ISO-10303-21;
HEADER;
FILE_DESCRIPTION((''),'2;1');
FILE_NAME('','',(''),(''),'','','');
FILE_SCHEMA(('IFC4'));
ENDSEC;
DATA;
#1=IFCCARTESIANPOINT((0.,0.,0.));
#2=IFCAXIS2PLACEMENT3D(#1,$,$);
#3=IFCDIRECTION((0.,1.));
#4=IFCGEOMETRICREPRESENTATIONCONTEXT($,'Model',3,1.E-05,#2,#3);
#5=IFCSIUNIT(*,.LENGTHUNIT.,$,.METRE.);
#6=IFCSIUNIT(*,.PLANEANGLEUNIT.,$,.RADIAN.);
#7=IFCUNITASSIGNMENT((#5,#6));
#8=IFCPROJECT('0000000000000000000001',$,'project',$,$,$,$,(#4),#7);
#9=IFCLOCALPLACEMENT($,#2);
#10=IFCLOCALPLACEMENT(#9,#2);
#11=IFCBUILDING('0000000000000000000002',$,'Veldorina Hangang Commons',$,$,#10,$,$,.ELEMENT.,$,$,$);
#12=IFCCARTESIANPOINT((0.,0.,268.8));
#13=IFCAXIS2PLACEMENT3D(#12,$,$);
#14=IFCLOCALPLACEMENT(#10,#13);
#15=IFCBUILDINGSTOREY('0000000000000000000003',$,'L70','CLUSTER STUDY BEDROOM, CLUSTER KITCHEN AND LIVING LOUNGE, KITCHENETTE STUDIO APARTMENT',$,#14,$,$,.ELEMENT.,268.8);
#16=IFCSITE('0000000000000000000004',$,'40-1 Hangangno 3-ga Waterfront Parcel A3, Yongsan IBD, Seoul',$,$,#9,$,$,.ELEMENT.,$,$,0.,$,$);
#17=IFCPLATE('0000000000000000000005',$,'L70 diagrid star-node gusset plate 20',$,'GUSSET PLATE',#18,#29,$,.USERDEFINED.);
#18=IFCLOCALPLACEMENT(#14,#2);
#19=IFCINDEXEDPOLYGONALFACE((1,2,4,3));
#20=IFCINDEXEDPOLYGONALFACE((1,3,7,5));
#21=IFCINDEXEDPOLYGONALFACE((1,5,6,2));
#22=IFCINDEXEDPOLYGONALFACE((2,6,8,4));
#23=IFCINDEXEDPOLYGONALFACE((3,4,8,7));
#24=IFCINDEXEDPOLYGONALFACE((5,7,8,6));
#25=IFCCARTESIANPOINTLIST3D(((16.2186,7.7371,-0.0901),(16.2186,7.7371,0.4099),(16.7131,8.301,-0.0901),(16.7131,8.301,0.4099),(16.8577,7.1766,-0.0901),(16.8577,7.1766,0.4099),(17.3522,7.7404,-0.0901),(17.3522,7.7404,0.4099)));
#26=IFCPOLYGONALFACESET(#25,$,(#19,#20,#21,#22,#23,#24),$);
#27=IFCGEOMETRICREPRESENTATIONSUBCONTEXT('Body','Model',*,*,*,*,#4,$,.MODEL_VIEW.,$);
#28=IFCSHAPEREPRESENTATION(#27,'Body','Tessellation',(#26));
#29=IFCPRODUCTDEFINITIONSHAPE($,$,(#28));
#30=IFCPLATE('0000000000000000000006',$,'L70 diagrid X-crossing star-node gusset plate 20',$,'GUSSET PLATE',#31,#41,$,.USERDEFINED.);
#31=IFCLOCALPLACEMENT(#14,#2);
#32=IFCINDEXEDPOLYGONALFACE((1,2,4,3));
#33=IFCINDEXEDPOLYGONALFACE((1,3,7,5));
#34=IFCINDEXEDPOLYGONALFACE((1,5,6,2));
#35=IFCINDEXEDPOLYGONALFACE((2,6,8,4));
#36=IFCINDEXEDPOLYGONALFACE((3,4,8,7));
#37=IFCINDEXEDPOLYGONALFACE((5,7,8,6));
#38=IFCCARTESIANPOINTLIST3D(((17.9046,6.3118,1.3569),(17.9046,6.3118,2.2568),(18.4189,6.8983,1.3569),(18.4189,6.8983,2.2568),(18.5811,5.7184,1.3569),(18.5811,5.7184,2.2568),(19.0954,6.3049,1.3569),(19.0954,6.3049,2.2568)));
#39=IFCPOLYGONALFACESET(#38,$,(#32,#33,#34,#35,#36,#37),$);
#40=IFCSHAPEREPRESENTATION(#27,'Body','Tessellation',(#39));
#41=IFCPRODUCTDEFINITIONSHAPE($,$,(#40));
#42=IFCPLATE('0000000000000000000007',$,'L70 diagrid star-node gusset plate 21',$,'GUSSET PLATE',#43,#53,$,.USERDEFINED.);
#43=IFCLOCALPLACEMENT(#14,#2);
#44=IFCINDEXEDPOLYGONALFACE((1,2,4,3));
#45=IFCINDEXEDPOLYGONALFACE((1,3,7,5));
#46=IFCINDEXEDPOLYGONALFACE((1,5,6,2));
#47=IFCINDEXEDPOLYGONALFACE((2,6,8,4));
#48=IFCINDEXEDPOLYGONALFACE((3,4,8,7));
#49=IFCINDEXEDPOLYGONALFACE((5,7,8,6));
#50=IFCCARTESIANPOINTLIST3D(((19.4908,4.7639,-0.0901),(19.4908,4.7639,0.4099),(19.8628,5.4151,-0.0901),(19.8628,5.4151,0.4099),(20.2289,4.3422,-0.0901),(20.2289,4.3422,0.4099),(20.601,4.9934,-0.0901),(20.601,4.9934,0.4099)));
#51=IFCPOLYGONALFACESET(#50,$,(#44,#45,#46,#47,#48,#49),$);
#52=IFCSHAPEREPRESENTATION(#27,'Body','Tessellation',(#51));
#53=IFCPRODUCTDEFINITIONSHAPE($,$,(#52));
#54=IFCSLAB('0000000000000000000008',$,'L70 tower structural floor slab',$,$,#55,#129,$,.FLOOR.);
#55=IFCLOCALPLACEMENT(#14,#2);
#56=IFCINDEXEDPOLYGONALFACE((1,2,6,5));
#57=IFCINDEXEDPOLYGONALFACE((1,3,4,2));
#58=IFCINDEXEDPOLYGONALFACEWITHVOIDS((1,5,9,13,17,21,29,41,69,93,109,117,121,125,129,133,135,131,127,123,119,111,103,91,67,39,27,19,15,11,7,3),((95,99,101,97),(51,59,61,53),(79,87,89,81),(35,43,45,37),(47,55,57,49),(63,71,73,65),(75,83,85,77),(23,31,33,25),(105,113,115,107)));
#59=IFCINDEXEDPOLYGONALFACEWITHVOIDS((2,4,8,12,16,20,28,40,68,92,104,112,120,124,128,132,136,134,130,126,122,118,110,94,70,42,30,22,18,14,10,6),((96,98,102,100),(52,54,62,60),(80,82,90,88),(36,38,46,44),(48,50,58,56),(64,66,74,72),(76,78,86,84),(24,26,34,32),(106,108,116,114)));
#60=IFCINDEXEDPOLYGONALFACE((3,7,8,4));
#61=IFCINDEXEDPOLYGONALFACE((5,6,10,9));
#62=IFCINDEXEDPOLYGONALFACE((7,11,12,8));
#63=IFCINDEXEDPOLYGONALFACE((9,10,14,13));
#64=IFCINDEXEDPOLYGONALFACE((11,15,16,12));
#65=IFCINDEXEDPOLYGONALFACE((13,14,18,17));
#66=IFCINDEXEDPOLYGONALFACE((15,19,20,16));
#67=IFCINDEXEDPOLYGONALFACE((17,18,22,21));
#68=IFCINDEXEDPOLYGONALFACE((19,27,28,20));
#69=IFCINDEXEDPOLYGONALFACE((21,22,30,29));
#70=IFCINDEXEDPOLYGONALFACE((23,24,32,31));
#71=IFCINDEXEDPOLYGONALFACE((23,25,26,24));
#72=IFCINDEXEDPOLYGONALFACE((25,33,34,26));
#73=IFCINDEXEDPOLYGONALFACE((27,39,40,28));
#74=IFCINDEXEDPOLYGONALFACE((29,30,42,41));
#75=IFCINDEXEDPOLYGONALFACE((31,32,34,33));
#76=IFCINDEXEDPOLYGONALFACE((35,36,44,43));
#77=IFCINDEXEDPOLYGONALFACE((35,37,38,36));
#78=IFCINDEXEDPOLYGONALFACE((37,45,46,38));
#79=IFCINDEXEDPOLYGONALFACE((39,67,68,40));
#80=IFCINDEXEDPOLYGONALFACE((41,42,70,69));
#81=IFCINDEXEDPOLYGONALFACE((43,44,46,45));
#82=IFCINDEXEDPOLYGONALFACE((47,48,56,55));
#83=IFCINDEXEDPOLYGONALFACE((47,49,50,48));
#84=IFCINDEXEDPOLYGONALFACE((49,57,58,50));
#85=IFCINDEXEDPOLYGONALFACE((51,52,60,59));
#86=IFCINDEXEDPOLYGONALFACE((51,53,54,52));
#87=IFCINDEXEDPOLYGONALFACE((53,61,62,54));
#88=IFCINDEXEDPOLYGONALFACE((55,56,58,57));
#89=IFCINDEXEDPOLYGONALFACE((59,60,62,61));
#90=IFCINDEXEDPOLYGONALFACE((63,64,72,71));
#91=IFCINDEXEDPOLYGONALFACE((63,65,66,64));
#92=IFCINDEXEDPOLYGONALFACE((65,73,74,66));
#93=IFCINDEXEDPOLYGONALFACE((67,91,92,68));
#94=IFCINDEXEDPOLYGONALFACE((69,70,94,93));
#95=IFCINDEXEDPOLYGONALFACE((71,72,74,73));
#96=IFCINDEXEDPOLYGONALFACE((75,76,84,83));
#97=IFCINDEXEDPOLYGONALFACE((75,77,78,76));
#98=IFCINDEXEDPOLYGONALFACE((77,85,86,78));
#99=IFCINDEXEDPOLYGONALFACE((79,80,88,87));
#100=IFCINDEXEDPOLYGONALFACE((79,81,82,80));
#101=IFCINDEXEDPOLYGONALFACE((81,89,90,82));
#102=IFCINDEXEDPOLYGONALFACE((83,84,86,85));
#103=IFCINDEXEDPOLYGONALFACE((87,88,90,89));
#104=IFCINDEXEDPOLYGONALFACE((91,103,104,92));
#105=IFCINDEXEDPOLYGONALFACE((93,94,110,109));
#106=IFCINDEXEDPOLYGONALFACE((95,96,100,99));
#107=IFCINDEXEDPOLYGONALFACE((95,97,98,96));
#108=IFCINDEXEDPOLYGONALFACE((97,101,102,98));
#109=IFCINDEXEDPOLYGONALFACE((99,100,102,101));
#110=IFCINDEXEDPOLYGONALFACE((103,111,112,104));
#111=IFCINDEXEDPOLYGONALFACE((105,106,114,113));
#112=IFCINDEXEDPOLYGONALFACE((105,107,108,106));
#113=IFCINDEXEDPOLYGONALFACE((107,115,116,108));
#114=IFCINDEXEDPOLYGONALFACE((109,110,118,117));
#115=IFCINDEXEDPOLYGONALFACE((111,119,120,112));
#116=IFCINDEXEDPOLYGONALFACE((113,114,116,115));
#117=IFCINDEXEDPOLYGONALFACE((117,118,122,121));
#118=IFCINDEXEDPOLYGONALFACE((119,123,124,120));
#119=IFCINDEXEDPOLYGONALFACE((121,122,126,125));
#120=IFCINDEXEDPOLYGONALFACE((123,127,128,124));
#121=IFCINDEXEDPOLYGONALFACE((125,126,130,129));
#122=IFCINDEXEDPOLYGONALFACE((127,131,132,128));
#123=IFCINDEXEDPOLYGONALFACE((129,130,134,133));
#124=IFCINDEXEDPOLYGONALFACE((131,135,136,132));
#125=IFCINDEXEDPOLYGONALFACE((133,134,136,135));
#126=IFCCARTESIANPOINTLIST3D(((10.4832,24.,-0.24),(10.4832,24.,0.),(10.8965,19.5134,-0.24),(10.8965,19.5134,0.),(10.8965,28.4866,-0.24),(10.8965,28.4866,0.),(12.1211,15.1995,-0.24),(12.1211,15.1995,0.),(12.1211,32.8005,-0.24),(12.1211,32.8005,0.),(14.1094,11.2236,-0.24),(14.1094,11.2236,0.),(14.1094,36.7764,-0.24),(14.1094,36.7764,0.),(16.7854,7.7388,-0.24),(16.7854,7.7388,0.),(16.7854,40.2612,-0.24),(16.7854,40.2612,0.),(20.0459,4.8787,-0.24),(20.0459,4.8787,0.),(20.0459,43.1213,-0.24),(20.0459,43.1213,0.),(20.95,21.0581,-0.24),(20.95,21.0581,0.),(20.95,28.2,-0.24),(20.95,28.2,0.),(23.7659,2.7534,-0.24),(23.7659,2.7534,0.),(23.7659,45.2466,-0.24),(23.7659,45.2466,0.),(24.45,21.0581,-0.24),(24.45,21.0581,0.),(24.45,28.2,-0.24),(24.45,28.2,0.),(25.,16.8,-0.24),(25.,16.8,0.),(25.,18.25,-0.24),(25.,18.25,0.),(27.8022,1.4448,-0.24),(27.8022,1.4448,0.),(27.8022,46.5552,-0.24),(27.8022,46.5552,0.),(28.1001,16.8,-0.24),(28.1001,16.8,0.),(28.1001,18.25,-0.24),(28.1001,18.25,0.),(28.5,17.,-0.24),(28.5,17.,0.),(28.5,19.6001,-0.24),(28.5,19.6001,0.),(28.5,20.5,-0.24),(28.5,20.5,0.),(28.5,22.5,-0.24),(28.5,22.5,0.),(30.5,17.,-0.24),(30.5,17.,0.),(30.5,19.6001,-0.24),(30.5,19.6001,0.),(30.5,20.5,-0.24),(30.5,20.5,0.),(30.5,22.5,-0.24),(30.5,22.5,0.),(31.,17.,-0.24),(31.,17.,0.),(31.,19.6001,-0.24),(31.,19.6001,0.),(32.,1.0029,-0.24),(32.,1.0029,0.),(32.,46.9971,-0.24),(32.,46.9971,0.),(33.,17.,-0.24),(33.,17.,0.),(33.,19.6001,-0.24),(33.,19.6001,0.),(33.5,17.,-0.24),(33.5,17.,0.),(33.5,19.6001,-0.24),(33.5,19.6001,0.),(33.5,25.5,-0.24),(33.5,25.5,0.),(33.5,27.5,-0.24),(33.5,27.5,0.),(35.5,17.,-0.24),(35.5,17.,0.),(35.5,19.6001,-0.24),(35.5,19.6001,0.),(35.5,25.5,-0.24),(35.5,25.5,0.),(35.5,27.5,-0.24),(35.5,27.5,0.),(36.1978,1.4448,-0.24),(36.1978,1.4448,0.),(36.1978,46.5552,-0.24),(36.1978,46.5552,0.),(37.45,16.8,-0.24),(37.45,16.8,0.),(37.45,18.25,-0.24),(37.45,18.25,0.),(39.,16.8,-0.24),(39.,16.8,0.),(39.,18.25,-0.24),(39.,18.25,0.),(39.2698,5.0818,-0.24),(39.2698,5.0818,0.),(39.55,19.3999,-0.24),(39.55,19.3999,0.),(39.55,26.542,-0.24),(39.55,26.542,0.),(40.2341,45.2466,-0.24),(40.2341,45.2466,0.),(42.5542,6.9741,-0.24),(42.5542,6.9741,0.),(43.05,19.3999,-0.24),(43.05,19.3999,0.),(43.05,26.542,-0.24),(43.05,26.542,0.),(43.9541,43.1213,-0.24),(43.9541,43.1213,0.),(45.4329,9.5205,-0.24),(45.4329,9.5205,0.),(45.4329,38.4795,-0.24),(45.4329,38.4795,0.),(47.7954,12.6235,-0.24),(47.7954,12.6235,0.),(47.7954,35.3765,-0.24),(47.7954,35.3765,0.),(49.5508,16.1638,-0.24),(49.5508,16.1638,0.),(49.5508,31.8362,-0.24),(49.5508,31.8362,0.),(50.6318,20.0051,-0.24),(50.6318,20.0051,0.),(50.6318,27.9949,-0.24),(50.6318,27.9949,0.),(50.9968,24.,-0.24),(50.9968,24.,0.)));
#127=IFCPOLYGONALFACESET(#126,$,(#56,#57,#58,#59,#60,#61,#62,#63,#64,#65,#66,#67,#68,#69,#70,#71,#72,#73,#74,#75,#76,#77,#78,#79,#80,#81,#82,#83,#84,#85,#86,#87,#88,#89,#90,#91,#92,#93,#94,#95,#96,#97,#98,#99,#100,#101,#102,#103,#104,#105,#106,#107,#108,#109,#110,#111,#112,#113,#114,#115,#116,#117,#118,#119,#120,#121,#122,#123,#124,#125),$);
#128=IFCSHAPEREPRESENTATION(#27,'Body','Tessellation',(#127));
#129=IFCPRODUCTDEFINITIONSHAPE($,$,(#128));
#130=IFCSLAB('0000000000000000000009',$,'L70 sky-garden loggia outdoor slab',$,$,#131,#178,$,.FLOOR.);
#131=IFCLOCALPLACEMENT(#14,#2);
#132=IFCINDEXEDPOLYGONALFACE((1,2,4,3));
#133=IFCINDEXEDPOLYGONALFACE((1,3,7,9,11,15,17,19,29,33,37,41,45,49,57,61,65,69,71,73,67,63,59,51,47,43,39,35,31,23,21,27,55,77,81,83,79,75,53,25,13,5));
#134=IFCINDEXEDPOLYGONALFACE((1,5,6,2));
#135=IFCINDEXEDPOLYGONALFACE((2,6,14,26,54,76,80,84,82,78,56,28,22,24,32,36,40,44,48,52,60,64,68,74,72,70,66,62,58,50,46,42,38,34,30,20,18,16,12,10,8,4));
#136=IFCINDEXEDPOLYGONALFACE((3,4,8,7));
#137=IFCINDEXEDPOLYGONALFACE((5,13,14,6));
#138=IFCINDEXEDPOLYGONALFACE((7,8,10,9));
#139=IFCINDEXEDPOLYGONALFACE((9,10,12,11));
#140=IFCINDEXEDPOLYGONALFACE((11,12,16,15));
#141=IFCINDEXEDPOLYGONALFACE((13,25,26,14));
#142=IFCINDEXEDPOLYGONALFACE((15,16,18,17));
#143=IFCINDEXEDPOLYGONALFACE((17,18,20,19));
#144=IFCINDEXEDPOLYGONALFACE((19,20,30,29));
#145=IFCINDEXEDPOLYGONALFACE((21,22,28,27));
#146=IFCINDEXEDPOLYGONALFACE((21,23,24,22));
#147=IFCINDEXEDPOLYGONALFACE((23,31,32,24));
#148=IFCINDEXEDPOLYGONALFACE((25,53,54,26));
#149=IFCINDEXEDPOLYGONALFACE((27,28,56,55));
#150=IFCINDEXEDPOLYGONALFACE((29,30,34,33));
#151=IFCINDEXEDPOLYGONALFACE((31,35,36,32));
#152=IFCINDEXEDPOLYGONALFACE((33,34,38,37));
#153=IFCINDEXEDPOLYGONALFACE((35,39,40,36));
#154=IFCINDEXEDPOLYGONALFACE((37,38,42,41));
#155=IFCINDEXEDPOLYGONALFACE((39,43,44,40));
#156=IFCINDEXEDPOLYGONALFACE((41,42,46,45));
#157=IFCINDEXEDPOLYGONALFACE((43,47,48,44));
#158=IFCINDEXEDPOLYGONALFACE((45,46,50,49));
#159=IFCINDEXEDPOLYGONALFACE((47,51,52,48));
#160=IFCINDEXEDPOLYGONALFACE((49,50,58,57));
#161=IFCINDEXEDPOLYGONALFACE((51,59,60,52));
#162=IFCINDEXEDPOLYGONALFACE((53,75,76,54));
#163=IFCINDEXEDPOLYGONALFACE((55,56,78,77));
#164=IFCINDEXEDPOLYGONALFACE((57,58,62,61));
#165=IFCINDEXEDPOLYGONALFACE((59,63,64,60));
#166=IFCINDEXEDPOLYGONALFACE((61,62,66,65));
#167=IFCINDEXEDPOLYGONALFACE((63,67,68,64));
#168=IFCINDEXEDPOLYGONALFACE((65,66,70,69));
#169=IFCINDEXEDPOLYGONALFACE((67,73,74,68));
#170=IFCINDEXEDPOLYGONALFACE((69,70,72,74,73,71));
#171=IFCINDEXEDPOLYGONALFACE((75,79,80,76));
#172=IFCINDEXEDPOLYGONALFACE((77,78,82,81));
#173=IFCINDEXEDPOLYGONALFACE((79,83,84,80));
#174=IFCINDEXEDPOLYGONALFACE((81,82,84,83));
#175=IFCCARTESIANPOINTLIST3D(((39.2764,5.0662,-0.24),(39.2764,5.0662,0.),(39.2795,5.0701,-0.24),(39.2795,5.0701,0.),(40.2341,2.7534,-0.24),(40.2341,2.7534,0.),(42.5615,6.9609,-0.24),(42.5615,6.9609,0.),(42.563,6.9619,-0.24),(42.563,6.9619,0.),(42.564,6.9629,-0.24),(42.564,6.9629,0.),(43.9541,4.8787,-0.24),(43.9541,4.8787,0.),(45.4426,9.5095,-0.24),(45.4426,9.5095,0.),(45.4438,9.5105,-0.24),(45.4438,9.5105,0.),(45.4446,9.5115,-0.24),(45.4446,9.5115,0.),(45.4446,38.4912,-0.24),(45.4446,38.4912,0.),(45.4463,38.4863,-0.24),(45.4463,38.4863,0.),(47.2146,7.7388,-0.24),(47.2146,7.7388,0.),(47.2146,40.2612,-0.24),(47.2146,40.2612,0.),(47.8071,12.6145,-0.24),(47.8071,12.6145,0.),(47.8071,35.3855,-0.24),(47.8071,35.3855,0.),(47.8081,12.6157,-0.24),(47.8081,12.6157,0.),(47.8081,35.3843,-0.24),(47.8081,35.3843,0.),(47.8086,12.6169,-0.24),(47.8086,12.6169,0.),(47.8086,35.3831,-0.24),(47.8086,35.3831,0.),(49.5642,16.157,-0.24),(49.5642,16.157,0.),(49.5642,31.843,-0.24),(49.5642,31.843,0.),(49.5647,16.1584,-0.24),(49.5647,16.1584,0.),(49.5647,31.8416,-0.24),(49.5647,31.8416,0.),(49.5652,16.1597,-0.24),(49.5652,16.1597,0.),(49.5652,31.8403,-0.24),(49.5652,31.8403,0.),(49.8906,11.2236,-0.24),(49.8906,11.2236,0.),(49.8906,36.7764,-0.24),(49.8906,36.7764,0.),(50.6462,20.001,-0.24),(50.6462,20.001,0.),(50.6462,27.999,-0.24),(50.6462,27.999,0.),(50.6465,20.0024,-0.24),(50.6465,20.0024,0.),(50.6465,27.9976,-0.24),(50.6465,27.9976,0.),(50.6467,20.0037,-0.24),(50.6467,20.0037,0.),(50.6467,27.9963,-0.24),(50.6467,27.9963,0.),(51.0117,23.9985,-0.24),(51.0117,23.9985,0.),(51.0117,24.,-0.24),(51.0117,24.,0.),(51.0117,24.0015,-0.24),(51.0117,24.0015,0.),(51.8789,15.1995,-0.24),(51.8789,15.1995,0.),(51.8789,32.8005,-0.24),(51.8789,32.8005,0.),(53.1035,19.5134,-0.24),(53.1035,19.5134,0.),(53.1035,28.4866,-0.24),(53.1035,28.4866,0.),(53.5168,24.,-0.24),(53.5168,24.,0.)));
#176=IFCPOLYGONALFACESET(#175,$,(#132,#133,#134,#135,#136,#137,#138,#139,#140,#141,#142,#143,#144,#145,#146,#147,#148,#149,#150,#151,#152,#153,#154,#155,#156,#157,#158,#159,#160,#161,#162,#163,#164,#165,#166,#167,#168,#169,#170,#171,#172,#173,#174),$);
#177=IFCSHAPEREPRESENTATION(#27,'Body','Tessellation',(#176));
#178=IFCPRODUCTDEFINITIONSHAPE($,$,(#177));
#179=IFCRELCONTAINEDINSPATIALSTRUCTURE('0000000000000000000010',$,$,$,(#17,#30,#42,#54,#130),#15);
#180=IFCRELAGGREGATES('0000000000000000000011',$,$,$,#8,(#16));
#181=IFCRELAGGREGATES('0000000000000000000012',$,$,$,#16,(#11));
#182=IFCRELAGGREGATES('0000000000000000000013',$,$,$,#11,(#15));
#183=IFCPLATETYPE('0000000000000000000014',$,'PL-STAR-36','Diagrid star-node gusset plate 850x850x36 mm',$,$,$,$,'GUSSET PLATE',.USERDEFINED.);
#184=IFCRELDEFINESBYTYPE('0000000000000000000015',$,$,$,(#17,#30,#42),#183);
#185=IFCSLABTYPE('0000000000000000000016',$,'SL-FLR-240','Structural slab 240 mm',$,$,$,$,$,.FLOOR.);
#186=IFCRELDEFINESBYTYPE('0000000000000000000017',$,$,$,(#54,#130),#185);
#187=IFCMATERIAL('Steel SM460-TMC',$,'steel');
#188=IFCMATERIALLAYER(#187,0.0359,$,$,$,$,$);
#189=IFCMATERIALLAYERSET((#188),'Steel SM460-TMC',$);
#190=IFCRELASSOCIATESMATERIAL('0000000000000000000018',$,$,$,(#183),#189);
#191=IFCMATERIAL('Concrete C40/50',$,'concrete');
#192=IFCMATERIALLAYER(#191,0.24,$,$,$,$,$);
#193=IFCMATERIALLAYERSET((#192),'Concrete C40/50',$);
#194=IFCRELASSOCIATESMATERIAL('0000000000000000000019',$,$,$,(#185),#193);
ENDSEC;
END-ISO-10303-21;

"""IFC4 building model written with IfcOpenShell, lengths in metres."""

from ifc_helpers import new_model, si_unit, direction, frame, origin, origin_2d, place, context, subcontext, project, spatial, polyline, rectangle, outline, extrude, material, layer, layer_set, type_object, element, save


model = new_model("IFC4")

# Units and contexts
model_context = context("Model", 3, precision=1e-05, world=origin(), true_north=direction((0.0, 1.0)))
body_context = subcontext(model_context, "Body", "Model", "MODEL_VIEW")
ifc_project = project(units=[si_unit("LENGTHUNIT", "METRE"), si_unit("PLANEANGLEUNIT", "RADIAN")], contexts=[model_context])

# Site, building, storey
site_placement = place(None, origin())
site = spatial("IfcSite", under=ifc_project, at=site_placement, Name="40-1 Hangangno 3-ga Waterfront Parcel A3, Yongsan IBD, Seoul", CompositionType="ELEMENT", RefElevation=0.0)
building_placement = place(site_placement, origin())
building = spatial("IfcBuilding", under=site, at=building_placement, Name="Veldorina Hangang Commons", CompositionType="ELEMENT")
storey_placement = place(building_placement, frame((0.0, 0.0, 268.8)))
storey = spatial("IfcBuildingStorey", under=building, at=storey_placement, Name="L70", Description="CLUSTER STUDY BEDROOM, CLUSTER KITCHEN AND LIVING LOUNGE, KITCHENETTE STUDIO APARTMENT", CompositionType="ELEMENT", Elevation=268.8)

# Plates
ifc_material_1 = material(Name="Steel SM460-TMC", Category="steel")
ifc_layer_1 = layer(ifc_material_1, 0.0359)
ifc_layer_set_1 = layer_set([ifc_layer_1], Name="Steel SM460-TMC")
plate_type = type_object("IfcPlateType", Name="PL-STAR-36", Description="Diagrid star-node gusset plate 850x850x36 mm", ElementType="GUSSET PLATE", PredefinedType="USERDEFINED", material=ifc_layer_set_1)
for number, where, z_axis, x_axis, name in (
    (1, (16.7854, 7.7388, -0.0901), (0.0, 0.0, 1.0), (0.751782, -0.659411, 0.0), "L70 diagrid star-node gusset plate 20"),
):
    element("IfcPlate", number, at=place(storey_placement, frame(where, z_axis=z_axis, x_axis=x_axis)), inside=storey, type_object=plate_type, Name=name, ObjectType="GUSSET PLATE", PredefinedType="USERDEFINED", context=body_context, shape_type="SweptSolid", body=[
        extrude(rectangle(XDim=0.8501, YDim=0.75, at=origin_2d()), origin(), (0.0, 0.0, 1.0), 0.5),
    ])
plate_1_placement = place(storey_placement, frame((18.5, 6.3083, 1.3569), z_axis=(0.0, 0.0, 1.0), x_axis=(0.751782, -0.659411, 0.0)))
element("IfcPlate", 2, at=plate_1_placement, inside=storey, type_object=plate_type, Name="L70 diagrid X-crossing star-node gusset plate 20", ObjectType="GUSSET PLATE", PredefinedType="USERDEFINED", context=body_context, shape_type="SweptSolid", body=[
    extrude(rectangle(XDim=0.8999, YDim=0.78, at=origin_2d()), origin(), (0.0, 0.0, 1.0), 0.8999),
])
plate_2_placement = place(storey_placement, frame((20.0459, 4.8787, -0.0901), z_axis=(0.0, 0.0, 1.0), x_axis=(0.868294, -0.49605, 0.0)))
element("IfcPlate", 3, at=plate_2_placement, inside=storey, type_object=plate_type, Name="L70 diagrid star-node gusset plate 21", ObjectType="GUSSET PLATE", PredefinedType="USERDEFINED", context=body_context, shape_type="SweptSolid", body=[
    extrude(rectangle(XDim=0.8501, YDim=0.75, at=origin_2d()), origin(), (0.0, 0.0, 1.0), 0.5),
])

# Slabs
ifc_material_2 = material(Name="Concrete C40/50", Category="concrete")
ifc_layer_2 = layer(ifc_material_2, 0.24)
ifc_layer_set_2 = layer_set([ifc_layer_2], Name="Concrete C40/50")
slab_type_1 = type_object("IfcSlabType", Name="SL-FLR-240", Description="Structural slab 240 mm", PredefinedType="FLOOR", material=ifc_layer_set_2)
slab_1_placement = place(storey_placement, frame((0.0, 0.0, -0.24)))
element("IfcSlab", 4, at=slab_1_placement, inside=storey, type_object=slab_type_1, Name="L70 tower structural floor slab", PredefinedType="FLOOR", context=body_context, shape_type="SweptSolid", body=[
    extrude(outline(polyline([(50.9968, 24.0), (50.6318, 27.9949), (49.5508, 31.8362), (47.7954, 35.3765), (45.4329, 38.4795), (43.9541, 43.1213), (40.2341, 45.2466), (36.1978, 46.5552), (32.0, 46.9971), (27.8022, 46.5552), (23.7659, 45.2466), (20.0459, 43.1213), (16.7854, 40.2612), (14.1094, 36.7764), (12.1211, 32.8005), (10.8965, 28.4866), (10.4832, 24.0), (10.8965, 19.5134), (12.1211, 15.1995), (14.1094, 11.2236), (16.7854, 7.7388), (20.0459, 4.8787), (23.7659, 2.7534), (27.8022, 1.4448), (32.0, 1.0029), (36.1978, 1.4448), (39.2698, 5.0818), (42.5542, 6.9741), (45.4329, 9.5205), (47.7954, 12.6235), (49.5508, 16.1638), (50.6318, 20.0051), (50.9968, 24.0)]), holes=[polyline([(20.95, 21.0581), (20.95, 28.2), (24.45, 28.2), (24.45, 21.0581), (20.95, 21.0581)]), polyline([(43.05, 26.542), (43.05, 19.3999), (39.55, 19.3999), (39.55, 26.542), (43.05, 26.542)]), polyline([(33.5, 27.5), (35.5, 27.5), (35.5, 25.5), (33.5, 25.5), (33.5, 27.5)]), polyline([(28.5, 22.5), (30.5, 22.5), (30.5, 20.5), (28.5, 20.5), (28.5, 22.5)]), polyline([(28.5, 19.6001), (30.5, 19.6001), (30.5, 17.0), (28.5, 17.0), (28.5, 19.6001)]), polyline([(31.0, 19.6001), (33.0, 19.6001), (33.0, 17.0), (31.0, 17.0), (31.0, 19.6001)]), polyline([(33.5, 19.6001), (35.5, 19.6001), (35.5, 17.0), (33.5, 17.0), (33.5, 19.6001)]), polyline([(25.0, 18.25), (28.1001, 18.25), (28.1001, 16.8), (25.0, 16.8), (25.0, 18.25)]), polyline([(37.45, 18.25), (39.0, 18.25), (39.0, 16.8), (37.45, 16.8), (37.45, 18.25)])]), origin(), (0.0, 0.0, 1.0), 0.24),
])
slab_2_placement = place(storey_placement, frame((0.0, 0.0, -0.24)))
element("IfcSlab", 5, at=slab_2_placement, inside=storey, type_object=slab_type_1, Name="L70 sky-garden loggia outdoor slab", PredefinedType="FLOOR", context=body_context, shape_type="SweptSolid", body=[
    extrude(outline(polyline([(47.2146, 40.2612), (49.8906, 36.7764), (51.8789, 32.8005), (53.1035, 28.4866), (53.5168, 24.0), (53.1035, 19.5134), (51.8789, 15.1995), (49.8906, 11.2236), (47.2146, 7.7388), (43.9541, 4.8787), (40.2341, 2.7534), (39.2764, 5.0662), (39.2795, 5.0701), (42.5615, 6.9609), (42.563, 6.9619), (42.564, 6.9629), (45.4426, 9.5095), (45.4438, 9.5105), (45.4446, 9.5115), (47.8071, 12.6145), (47.8081, 12.6157), (47.8086, 12.6169), (49.5642, 16.157), (49.5647, 16.1584), (49.5652, 16.1597), (50.6462, 20.001), (50.6465, 20.0024), (50.6467, 20.0037), (51.0117, 23.9985), (51.0117, 24.0), (51.0117, 24.0015), (50.6467, 27.9963), (50.6465, 27.9976), (50.6462, 27.999), (49.5652, 31.8403), (49.5647, 31.8416), (49.5642, 31.843), (47.8086, 35.3831), (47.8081, 35.3843), (47.8071, 35.3855), (45.4463, 38.4863), (45.4446, 38.4912), (47.2146, 40.2612)])), origin(), (0.0, 0.0, 1.0), 0.24),
])

save(model, "model.ifc")
